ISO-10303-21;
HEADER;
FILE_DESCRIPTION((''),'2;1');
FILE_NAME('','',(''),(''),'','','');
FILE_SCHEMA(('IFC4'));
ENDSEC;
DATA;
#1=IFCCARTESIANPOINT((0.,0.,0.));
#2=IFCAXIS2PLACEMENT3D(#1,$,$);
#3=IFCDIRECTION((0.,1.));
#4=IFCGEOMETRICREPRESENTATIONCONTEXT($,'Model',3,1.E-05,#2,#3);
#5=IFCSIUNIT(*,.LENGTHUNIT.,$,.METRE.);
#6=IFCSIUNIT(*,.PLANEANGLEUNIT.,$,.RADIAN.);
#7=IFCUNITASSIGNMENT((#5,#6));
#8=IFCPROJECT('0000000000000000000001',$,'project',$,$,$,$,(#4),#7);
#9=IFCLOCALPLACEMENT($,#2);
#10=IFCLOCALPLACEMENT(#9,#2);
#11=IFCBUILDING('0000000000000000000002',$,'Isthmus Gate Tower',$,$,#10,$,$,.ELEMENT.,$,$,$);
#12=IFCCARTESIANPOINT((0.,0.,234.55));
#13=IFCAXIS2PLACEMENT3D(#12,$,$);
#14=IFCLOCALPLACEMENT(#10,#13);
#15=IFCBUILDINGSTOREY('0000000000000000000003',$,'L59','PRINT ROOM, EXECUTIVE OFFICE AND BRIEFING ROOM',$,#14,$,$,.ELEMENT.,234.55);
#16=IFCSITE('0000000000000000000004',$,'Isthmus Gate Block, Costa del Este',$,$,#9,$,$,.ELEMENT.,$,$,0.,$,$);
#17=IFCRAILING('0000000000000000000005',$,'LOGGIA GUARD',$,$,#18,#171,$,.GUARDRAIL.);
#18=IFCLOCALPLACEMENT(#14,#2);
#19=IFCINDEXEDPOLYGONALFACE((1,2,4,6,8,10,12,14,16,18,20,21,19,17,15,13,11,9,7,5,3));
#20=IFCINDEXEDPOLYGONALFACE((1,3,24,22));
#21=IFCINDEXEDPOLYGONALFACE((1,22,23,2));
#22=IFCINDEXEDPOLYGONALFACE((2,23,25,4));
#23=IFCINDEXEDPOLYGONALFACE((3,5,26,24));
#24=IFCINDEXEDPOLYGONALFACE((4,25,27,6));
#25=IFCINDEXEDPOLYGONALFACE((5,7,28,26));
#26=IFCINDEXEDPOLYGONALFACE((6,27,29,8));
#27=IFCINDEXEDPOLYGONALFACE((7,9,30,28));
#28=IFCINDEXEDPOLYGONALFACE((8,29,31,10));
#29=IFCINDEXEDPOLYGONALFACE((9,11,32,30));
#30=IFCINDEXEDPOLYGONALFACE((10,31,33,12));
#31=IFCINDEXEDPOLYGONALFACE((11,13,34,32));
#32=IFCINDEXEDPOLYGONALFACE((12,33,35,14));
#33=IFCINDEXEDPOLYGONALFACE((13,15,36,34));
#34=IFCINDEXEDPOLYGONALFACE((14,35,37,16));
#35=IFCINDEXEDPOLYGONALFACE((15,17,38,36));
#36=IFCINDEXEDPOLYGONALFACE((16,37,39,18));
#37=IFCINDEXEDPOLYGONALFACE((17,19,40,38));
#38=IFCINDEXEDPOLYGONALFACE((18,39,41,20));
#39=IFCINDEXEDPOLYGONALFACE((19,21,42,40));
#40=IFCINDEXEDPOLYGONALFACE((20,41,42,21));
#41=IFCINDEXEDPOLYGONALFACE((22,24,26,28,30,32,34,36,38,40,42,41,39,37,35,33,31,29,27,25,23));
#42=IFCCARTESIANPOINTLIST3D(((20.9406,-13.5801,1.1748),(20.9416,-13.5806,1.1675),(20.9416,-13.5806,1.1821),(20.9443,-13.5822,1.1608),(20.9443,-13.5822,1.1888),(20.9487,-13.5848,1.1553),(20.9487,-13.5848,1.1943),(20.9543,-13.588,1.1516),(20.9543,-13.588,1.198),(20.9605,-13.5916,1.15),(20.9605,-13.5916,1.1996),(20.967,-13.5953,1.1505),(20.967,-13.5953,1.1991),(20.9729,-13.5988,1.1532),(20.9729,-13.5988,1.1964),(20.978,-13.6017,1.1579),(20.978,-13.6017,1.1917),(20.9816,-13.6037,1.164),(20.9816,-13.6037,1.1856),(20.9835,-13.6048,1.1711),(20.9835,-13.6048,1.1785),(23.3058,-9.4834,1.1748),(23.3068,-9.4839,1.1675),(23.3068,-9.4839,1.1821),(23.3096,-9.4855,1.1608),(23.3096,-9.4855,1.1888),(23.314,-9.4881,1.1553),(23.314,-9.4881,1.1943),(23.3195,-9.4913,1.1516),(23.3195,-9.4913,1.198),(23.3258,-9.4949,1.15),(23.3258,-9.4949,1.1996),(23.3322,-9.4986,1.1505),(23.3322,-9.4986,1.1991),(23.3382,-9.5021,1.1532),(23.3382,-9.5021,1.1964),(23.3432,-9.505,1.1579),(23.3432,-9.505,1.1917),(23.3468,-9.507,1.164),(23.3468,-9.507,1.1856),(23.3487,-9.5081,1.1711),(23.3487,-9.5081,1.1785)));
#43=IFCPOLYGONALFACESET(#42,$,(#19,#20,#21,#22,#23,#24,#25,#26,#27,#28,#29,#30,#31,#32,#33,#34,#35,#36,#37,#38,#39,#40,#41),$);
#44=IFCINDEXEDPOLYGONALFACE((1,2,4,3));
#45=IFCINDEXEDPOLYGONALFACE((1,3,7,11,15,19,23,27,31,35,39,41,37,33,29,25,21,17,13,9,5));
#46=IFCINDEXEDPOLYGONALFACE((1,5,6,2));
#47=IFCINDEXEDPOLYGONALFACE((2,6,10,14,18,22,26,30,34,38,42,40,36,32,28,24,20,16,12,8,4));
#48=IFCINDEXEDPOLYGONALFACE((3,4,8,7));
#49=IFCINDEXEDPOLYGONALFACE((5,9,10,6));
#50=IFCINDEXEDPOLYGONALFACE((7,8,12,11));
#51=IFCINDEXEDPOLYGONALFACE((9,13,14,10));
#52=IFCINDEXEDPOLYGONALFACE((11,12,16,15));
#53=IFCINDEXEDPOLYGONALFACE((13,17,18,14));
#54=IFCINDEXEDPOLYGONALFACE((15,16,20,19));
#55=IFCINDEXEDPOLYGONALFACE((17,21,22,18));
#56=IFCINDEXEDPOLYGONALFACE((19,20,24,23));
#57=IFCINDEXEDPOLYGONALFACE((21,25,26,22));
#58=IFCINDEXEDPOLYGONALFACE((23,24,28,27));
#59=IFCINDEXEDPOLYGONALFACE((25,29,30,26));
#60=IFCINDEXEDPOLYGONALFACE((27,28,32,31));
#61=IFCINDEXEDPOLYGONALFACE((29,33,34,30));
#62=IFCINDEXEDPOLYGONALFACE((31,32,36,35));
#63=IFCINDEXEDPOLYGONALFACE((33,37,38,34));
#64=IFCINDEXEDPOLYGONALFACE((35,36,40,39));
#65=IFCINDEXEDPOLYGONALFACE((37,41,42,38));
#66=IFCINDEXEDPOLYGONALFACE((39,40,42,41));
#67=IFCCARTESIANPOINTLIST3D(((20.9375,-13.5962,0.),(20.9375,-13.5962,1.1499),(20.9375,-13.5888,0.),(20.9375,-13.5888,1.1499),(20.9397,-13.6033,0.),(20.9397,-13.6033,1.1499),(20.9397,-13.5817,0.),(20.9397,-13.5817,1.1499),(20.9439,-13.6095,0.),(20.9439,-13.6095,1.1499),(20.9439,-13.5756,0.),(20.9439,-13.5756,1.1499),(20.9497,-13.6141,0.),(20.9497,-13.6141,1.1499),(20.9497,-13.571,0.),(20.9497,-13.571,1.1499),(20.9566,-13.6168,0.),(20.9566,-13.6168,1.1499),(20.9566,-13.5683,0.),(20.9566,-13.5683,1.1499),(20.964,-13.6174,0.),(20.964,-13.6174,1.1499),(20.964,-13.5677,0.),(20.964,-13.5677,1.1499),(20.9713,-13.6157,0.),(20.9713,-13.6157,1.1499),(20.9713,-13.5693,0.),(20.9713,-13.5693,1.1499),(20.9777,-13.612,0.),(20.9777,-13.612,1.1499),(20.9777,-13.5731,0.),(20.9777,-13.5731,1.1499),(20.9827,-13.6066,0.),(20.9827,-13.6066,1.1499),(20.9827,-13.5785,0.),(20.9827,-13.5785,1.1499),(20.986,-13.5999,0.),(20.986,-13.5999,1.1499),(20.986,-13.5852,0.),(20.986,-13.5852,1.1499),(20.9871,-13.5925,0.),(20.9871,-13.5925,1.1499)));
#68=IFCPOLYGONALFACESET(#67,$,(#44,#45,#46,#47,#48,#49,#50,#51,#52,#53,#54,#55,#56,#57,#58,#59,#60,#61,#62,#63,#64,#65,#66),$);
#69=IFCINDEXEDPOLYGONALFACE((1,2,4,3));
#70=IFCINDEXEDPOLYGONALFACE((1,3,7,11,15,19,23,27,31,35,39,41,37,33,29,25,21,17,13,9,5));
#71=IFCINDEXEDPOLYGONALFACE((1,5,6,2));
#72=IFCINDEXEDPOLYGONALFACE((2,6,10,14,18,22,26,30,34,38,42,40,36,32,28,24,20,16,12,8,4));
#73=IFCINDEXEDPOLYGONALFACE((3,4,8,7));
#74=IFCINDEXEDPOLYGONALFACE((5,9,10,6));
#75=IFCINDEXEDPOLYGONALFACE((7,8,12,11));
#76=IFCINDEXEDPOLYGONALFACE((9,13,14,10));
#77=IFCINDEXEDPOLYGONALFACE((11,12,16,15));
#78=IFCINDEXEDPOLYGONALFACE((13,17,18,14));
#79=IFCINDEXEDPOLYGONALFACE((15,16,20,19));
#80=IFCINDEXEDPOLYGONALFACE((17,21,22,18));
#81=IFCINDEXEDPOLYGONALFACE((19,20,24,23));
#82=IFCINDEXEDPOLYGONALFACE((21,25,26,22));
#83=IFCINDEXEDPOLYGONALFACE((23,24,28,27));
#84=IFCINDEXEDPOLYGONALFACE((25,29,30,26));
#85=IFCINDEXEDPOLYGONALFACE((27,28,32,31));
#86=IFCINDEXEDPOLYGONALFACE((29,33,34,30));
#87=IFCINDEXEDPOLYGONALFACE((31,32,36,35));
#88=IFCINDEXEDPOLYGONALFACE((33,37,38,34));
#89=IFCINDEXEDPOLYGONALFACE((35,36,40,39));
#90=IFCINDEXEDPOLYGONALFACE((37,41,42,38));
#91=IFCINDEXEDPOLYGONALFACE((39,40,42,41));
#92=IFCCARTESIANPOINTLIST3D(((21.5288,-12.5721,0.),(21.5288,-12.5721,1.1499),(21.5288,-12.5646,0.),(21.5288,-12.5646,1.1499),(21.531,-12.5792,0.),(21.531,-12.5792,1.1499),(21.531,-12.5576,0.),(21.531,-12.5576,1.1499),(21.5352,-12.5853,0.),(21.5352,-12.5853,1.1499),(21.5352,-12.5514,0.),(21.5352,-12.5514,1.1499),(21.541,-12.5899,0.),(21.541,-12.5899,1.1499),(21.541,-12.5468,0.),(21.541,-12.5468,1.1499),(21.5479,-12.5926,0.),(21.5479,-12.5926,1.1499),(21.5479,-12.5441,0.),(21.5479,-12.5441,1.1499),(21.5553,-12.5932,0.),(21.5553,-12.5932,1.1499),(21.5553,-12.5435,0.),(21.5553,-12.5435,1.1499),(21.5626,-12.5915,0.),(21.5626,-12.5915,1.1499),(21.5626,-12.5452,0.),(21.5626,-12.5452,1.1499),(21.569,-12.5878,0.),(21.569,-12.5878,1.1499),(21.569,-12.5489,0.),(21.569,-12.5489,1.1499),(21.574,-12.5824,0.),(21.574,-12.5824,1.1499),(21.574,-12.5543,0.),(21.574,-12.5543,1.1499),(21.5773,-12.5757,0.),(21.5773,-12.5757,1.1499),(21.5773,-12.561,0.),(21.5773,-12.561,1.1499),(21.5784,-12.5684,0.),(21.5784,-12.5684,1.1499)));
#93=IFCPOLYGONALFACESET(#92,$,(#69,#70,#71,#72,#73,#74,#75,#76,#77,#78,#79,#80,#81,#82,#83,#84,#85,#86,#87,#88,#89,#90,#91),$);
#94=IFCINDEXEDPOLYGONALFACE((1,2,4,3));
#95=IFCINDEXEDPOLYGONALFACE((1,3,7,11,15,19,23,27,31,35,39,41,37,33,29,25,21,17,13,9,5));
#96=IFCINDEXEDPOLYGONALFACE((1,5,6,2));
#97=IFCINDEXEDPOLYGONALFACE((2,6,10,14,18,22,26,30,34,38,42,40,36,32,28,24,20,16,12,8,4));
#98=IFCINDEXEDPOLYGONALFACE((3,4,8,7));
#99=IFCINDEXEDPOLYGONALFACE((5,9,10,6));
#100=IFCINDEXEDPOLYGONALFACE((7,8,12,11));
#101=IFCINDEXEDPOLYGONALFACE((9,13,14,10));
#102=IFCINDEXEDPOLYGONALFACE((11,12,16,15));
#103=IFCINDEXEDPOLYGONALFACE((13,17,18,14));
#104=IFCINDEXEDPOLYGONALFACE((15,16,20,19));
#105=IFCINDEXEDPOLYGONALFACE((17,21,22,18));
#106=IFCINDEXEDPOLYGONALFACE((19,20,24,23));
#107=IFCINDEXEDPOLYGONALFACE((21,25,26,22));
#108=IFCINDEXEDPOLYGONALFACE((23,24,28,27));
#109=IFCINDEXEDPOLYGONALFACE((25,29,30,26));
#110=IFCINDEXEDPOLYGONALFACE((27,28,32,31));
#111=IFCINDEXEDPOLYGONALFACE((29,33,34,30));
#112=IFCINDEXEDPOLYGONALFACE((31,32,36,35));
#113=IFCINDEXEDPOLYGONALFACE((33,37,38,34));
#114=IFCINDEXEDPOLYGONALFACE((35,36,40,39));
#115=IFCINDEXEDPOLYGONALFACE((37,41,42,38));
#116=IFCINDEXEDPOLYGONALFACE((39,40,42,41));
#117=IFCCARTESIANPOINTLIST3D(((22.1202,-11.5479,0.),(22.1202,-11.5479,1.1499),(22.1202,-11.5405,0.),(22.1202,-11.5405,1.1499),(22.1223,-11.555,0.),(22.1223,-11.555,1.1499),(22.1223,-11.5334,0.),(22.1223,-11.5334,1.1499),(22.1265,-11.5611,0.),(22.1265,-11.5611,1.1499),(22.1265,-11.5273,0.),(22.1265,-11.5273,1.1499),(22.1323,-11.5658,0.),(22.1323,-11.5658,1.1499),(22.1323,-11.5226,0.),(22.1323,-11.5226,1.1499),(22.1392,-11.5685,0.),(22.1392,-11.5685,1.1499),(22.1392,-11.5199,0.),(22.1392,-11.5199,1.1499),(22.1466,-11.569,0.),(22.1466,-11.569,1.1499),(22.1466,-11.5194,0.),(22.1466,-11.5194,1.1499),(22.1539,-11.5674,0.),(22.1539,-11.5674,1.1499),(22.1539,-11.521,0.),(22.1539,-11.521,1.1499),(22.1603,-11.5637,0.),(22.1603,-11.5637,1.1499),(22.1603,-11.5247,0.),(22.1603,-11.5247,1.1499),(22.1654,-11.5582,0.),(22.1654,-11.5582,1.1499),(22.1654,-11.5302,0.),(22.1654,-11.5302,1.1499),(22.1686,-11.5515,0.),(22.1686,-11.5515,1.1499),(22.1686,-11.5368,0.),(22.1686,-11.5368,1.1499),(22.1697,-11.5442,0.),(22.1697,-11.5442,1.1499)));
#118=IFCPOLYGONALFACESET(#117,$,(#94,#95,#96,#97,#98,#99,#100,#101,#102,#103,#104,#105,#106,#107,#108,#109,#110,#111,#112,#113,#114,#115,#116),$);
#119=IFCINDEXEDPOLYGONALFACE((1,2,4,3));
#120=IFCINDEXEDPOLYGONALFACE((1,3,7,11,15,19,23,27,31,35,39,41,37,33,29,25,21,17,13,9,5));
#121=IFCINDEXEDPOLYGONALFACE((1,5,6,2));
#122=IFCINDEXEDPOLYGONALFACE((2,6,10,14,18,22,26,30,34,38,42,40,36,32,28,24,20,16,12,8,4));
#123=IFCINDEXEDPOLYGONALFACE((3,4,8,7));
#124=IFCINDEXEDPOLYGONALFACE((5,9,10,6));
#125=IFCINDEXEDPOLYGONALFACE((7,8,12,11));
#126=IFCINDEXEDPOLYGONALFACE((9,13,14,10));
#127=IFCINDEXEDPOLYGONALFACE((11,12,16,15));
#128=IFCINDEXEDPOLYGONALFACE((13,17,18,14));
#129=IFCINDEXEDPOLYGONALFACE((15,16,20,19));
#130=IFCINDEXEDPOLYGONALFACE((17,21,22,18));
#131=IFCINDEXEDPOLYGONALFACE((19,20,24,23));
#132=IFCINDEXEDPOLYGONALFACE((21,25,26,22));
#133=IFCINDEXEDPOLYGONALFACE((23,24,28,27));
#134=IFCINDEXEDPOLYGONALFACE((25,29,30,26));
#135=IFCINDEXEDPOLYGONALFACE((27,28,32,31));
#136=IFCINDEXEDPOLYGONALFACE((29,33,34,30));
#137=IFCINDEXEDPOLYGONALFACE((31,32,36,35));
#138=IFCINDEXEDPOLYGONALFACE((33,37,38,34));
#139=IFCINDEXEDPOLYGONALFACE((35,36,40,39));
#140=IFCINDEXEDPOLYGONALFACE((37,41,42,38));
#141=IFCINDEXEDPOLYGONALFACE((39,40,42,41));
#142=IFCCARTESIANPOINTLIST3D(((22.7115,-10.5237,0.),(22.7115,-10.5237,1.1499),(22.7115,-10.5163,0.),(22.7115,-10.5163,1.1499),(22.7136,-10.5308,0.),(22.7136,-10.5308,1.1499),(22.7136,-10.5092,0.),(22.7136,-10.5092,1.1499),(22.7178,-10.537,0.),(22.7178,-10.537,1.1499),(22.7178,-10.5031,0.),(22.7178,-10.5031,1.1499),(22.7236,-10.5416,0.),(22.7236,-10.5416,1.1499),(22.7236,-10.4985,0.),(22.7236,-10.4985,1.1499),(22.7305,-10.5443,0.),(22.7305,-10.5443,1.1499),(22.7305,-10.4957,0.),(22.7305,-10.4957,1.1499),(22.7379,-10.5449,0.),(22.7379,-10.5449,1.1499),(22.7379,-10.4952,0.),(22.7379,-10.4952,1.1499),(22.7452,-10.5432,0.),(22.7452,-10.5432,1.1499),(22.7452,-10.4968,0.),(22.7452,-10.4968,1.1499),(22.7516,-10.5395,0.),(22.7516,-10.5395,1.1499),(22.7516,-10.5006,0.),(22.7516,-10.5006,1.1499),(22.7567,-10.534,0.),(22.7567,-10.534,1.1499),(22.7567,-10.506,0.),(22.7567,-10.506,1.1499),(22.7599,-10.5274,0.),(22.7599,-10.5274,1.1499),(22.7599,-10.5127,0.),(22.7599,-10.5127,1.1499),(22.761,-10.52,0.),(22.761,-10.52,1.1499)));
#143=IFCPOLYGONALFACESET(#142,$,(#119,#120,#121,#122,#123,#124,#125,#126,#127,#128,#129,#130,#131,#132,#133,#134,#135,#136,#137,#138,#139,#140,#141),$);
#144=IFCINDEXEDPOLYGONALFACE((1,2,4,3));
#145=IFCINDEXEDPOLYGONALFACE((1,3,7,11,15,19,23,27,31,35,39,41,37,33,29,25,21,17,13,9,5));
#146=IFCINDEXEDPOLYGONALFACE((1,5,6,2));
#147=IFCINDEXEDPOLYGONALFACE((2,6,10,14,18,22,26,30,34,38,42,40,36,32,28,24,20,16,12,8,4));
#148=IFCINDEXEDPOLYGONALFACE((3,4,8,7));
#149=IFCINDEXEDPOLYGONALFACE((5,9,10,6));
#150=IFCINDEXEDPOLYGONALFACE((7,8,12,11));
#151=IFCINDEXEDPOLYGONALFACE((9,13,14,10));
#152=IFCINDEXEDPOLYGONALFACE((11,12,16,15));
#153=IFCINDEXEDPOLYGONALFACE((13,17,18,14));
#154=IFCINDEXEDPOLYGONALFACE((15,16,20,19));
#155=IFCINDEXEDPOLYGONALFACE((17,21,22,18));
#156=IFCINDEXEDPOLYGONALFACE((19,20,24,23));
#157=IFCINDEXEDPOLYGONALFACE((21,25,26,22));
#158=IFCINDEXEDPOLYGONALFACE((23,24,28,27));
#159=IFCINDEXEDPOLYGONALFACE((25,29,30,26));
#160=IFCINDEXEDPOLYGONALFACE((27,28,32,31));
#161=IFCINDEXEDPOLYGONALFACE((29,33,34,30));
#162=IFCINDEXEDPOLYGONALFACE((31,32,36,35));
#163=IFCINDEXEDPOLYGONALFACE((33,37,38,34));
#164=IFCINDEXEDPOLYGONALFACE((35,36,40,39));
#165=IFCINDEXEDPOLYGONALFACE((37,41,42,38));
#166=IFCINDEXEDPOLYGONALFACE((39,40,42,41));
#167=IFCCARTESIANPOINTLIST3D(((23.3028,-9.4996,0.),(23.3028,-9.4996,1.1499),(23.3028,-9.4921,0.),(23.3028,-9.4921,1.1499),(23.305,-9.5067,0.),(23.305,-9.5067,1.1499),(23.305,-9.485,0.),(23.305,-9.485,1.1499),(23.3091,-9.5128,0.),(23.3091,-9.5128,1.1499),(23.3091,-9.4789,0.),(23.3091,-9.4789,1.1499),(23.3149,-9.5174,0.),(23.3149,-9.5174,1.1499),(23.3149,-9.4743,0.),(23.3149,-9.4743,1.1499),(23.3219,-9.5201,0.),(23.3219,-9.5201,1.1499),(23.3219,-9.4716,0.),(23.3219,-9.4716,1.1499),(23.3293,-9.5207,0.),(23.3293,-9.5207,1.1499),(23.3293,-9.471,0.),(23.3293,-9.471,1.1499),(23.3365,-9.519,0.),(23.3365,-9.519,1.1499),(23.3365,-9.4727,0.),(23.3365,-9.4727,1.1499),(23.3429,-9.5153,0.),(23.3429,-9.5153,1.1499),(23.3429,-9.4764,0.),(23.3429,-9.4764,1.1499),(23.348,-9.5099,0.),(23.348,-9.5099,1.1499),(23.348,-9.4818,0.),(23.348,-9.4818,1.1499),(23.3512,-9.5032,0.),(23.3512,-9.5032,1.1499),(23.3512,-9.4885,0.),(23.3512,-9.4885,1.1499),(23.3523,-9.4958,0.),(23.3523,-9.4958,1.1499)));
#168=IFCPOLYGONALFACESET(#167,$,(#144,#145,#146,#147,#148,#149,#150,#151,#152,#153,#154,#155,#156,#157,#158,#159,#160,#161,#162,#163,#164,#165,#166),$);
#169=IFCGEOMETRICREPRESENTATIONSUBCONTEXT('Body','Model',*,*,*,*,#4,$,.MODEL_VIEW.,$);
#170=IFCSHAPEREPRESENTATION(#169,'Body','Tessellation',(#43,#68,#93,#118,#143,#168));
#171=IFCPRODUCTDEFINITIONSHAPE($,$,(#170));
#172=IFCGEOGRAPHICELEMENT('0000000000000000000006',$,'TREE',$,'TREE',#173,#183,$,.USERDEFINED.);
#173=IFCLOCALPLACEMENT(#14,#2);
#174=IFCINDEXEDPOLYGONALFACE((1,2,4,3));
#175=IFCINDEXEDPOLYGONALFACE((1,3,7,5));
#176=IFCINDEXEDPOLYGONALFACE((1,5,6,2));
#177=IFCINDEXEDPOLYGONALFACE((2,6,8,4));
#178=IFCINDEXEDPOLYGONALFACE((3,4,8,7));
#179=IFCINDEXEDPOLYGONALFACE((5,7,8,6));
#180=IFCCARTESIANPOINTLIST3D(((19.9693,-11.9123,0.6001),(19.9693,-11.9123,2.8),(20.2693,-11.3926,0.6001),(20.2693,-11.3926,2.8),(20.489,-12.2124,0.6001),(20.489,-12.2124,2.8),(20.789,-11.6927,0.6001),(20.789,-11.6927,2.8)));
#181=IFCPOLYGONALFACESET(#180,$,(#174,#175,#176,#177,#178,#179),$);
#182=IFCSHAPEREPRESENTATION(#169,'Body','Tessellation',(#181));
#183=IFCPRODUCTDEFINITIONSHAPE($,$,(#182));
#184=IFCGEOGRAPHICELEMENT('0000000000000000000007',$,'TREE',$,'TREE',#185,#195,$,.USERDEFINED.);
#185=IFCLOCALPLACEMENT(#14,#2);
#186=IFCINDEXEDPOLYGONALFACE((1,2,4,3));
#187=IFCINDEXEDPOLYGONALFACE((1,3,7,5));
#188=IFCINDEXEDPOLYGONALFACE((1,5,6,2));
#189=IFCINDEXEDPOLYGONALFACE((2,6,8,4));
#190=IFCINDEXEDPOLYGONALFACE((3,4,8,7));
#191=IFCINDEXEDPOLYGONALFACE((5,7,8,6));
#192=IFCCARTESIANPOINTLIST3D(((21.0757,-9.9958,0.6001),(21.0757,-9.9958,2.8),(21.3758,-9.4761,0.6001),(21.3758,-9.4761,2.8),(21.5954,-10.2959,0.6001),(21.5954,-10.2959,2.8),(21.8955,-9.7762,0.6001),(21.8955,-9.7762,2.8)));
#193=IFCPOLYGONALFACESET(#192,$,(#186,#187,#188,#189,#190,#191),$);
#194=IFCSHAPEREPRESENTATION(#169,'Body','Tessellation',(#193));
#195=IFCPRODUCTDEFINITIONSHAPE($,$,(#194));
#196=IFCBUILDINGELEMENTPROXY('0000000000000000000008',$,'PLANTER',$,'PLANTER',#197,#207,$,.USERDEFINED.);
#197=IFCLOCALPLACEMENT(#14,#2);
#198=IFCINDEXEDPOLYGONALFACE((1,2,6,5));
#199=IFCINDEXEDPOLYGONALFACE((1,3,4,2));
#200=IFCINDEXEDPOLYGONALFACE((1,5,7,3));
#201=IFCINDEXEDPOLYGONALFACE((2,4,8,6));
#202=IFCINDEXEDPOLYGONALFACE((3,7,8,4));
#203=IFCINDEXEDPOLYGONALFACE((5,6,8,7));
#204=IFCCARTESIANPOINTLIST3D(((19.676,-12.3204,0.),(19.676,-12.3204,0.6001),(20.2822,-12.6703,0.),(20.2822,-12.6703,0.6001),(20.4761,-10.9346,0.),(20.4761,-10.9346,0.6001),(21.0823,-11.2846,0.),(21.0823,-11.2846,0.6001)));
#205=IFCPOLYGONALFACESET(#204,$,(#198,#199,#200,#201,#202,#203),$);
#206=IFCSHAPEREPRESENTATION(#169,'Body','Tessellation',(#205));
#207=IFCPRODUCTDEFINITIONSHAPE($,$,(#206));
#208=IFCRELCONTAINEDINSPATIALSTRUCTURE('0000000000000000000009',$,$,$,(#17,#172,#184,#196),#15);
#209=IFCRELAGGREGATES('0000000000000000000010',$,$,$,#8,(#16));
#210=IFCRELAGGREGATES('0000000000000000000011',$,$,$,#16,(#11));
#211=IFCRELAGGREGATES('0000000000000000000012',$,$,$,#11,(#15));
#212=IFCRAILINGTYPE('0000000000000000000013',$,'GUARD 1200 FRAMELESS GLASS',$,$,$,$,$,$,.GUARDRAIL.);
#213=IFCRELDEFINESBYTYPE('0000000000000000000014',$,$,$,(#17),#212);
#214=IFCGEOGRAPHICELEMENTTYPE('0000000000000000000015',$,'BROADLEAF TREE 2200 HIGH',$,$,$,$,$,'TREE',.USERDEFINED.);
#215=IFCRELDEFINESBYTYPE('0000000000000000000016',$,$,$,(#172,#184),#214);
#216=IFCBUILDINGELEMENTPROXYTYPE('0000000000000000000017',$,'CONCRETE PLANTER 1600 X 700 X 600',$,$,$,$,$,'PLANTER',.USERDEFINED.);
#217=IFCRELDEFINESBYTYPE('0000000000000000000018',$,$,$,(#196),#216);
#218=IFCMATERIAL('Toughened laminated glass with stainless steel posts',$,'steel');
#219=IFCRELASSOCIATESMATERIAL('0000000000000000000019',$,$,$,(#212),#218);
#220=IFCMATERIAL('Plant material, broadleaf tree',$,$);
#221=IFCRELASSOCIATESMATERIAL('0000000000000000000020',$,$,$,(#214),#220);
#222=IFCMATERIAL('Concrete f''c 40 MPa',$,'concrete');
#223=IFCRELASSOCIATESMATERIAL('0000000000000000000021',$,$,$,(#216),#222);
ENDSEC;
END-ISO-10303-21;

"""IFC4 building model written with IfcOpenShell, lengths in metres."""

from ifc_helpers import new_model, si_unit, direction, frame, origin, origin_2d, place, context, subcontext, project, spatial, rectangle, circle, extrude, material, type_object, element, save


model = new_model("IFC4")

# Units and contexts
model_context = context("Model", 3, precision=1e-05, world=origin(), true_north=direction((0.0, 1.0)))
body_context = subcontext(model_context, "Body", "Model", "MODEL_VIEW")
ifc_project = project(units=[si_unit("LENGTHUNIT", "METRE"), si_unit("PLANEANGLEUNIT", "RADIAN")], contexts=[model_context])

# Site, building, storey
site_placement = place(None, origin())
site = spatial("IfcSite", under=ifc_project, at=site_placement, Name="Isthmus Gate Block, Costa del Este", CompositionType="ELEMENT", RefElevation=0.0)
building_placement = place(site_placement, origin())
building = spatial("IfcBuilding", under=site, at=building_placement, Name="Isthmus Gate Tower", CompositionType="ELEMENT")
storey_placement = place(building_placement, frame((0.0, 0.0, 234.55)))
storey = spatial("IfcBuildingStorey", under=building, at=storey_placement, Name="L59", Description="PRINT ROOM, EXECUTIVE OFFICE AND BRIEFING ROOM", CompositionType="ELEMENT", Elevation=234.55)

# Railing
ifc_material_1 = material(Name="Toughened laminated glass with stainless steel posts", Category="steel")
railing_type = type_object("IfcRailingType", Name="GUARD 1200 FRAMELESS GLASS", PredefinedType="GUARDRAIL", material=ifc_material_1)
railing_placement = place(storey_placement, frame((20.9622, -13.5925, 0.0)))
element("IfcRailing", 1, at=railing_placement, inside=storey, type_object=railing_type, Name="LOGGIA GUARD", PredefinedType="GUARDRAIL", context=body_context, shape_type="SweptSolid", body=[
    extrude(circle(Radius=0.0249, at=origin_2d()), frame((0.0, 0.0, 1.1748), z_axis=(0.500002, 0.866024, 0.0), x_axis=(-0.866024, 0.500002, 0.0)), (0.0, 0.0, 1.0), 4.7305),
    extrude(circle(Radius=0.0249, at=origin_2d()), origin(), (0.0, 0.0, 1.0), 1.1499),
    extrude(circle(Radius=0.0249, at=origin_2d()), frame((0.5913, 1.0242, 0.0)), (0.0, 0.0, 1.0), 1.1499),
    extrude(circle(Radius=0.0249, at=origin_2d()), frame((1.1826, 2.0483, 0.0)), (0.0, 0.0, 1.0), 1.1499),
    extrude(circle(Radius=0.0249, at=origin_2d()), frame((1.7739, 3.0725, 0.0)), (0.0, 0.0, 1.0), 1.1499),
    extrude(circle(Radius=0.0249, at=origin_2d()), frame((2.3652, 4.0967, 0.0)), (0.0, 0.0, 1.0), 1.1499),
])

# Geographic elements
ifc_material_2 = material(Name="Plant material, broadleaf tree")
geographic_element_type = type_object("IfcGeographicElementType", Name="BROADLEAF TREE 2200 HIGH", ElementType="TREE", PredefinedType="USERDEFINED", material=ifc_material_2)
for number, where, z_axis, x_axis, name in (
    (2, (20.3792, -11.8025, 0.6001), (0.0, 0.0, 1.0), (0.5, 0.866025, 0.0), "TREE"),
    (3, (21.4856, -9.886, 0.6001), (0.0, 0.0, 1.0), (0.5, 0.866025, 0.0), "TREE"),
):
    element("IfcGeographicElement", number, at=place(storey_placement, frame(where, z_axis=z_axis, x_axis=x_axis)), inside=storey, type_object=geographic_element_type, Name=name, ObjectType="TREE", PredefinedType="USERDEFINED", context=body_context, shape_type="SweptSolid", body=[
        extrude(rectangle(XDim=0.6001, YDim=0.6001, at=origin_2d()), origin(), (0.0, 0.0, 1.0), 2.2),
    ])

# Building element proxy
ifc_material_3 = material(Name="Concrete f'c 40 MPa", Category="concrete")
building_element_proxy_type = type_object("IfcBuildingElementProxyType", Name="CONCRETE PLANTER 1600 X 700 X 600", ElementType="PLANTER", PredefinedType="USERDEFINED", material=ifc_material_3)
for number, where, z_axis, x_axis, name in (
    (4, (20.3792, -11.8025, 0.0), (0.0, 0.0, 1.0), (0.5, 0.866025, 0.0), "PLANTER"),
):
    element("IfcBuildingElementProxy", number, at=place(storey_placement, frame(where, z_axis=z_axis, x_axis=x_axis)), inside=storey, type_object=building_element_proxy_type, Name=name, ObjectType="PLANTER", PredefinedType="USERDEFINED", context=body_context, shape_type="SweptSolid", body=[
        extrude(rectangle(XDim=1.6001, YDim=0.7, at=origin_2d()), origin(), (0.0, 0.0, 1.0), 0.6001),
    ])

save(model, "model.ifc")
